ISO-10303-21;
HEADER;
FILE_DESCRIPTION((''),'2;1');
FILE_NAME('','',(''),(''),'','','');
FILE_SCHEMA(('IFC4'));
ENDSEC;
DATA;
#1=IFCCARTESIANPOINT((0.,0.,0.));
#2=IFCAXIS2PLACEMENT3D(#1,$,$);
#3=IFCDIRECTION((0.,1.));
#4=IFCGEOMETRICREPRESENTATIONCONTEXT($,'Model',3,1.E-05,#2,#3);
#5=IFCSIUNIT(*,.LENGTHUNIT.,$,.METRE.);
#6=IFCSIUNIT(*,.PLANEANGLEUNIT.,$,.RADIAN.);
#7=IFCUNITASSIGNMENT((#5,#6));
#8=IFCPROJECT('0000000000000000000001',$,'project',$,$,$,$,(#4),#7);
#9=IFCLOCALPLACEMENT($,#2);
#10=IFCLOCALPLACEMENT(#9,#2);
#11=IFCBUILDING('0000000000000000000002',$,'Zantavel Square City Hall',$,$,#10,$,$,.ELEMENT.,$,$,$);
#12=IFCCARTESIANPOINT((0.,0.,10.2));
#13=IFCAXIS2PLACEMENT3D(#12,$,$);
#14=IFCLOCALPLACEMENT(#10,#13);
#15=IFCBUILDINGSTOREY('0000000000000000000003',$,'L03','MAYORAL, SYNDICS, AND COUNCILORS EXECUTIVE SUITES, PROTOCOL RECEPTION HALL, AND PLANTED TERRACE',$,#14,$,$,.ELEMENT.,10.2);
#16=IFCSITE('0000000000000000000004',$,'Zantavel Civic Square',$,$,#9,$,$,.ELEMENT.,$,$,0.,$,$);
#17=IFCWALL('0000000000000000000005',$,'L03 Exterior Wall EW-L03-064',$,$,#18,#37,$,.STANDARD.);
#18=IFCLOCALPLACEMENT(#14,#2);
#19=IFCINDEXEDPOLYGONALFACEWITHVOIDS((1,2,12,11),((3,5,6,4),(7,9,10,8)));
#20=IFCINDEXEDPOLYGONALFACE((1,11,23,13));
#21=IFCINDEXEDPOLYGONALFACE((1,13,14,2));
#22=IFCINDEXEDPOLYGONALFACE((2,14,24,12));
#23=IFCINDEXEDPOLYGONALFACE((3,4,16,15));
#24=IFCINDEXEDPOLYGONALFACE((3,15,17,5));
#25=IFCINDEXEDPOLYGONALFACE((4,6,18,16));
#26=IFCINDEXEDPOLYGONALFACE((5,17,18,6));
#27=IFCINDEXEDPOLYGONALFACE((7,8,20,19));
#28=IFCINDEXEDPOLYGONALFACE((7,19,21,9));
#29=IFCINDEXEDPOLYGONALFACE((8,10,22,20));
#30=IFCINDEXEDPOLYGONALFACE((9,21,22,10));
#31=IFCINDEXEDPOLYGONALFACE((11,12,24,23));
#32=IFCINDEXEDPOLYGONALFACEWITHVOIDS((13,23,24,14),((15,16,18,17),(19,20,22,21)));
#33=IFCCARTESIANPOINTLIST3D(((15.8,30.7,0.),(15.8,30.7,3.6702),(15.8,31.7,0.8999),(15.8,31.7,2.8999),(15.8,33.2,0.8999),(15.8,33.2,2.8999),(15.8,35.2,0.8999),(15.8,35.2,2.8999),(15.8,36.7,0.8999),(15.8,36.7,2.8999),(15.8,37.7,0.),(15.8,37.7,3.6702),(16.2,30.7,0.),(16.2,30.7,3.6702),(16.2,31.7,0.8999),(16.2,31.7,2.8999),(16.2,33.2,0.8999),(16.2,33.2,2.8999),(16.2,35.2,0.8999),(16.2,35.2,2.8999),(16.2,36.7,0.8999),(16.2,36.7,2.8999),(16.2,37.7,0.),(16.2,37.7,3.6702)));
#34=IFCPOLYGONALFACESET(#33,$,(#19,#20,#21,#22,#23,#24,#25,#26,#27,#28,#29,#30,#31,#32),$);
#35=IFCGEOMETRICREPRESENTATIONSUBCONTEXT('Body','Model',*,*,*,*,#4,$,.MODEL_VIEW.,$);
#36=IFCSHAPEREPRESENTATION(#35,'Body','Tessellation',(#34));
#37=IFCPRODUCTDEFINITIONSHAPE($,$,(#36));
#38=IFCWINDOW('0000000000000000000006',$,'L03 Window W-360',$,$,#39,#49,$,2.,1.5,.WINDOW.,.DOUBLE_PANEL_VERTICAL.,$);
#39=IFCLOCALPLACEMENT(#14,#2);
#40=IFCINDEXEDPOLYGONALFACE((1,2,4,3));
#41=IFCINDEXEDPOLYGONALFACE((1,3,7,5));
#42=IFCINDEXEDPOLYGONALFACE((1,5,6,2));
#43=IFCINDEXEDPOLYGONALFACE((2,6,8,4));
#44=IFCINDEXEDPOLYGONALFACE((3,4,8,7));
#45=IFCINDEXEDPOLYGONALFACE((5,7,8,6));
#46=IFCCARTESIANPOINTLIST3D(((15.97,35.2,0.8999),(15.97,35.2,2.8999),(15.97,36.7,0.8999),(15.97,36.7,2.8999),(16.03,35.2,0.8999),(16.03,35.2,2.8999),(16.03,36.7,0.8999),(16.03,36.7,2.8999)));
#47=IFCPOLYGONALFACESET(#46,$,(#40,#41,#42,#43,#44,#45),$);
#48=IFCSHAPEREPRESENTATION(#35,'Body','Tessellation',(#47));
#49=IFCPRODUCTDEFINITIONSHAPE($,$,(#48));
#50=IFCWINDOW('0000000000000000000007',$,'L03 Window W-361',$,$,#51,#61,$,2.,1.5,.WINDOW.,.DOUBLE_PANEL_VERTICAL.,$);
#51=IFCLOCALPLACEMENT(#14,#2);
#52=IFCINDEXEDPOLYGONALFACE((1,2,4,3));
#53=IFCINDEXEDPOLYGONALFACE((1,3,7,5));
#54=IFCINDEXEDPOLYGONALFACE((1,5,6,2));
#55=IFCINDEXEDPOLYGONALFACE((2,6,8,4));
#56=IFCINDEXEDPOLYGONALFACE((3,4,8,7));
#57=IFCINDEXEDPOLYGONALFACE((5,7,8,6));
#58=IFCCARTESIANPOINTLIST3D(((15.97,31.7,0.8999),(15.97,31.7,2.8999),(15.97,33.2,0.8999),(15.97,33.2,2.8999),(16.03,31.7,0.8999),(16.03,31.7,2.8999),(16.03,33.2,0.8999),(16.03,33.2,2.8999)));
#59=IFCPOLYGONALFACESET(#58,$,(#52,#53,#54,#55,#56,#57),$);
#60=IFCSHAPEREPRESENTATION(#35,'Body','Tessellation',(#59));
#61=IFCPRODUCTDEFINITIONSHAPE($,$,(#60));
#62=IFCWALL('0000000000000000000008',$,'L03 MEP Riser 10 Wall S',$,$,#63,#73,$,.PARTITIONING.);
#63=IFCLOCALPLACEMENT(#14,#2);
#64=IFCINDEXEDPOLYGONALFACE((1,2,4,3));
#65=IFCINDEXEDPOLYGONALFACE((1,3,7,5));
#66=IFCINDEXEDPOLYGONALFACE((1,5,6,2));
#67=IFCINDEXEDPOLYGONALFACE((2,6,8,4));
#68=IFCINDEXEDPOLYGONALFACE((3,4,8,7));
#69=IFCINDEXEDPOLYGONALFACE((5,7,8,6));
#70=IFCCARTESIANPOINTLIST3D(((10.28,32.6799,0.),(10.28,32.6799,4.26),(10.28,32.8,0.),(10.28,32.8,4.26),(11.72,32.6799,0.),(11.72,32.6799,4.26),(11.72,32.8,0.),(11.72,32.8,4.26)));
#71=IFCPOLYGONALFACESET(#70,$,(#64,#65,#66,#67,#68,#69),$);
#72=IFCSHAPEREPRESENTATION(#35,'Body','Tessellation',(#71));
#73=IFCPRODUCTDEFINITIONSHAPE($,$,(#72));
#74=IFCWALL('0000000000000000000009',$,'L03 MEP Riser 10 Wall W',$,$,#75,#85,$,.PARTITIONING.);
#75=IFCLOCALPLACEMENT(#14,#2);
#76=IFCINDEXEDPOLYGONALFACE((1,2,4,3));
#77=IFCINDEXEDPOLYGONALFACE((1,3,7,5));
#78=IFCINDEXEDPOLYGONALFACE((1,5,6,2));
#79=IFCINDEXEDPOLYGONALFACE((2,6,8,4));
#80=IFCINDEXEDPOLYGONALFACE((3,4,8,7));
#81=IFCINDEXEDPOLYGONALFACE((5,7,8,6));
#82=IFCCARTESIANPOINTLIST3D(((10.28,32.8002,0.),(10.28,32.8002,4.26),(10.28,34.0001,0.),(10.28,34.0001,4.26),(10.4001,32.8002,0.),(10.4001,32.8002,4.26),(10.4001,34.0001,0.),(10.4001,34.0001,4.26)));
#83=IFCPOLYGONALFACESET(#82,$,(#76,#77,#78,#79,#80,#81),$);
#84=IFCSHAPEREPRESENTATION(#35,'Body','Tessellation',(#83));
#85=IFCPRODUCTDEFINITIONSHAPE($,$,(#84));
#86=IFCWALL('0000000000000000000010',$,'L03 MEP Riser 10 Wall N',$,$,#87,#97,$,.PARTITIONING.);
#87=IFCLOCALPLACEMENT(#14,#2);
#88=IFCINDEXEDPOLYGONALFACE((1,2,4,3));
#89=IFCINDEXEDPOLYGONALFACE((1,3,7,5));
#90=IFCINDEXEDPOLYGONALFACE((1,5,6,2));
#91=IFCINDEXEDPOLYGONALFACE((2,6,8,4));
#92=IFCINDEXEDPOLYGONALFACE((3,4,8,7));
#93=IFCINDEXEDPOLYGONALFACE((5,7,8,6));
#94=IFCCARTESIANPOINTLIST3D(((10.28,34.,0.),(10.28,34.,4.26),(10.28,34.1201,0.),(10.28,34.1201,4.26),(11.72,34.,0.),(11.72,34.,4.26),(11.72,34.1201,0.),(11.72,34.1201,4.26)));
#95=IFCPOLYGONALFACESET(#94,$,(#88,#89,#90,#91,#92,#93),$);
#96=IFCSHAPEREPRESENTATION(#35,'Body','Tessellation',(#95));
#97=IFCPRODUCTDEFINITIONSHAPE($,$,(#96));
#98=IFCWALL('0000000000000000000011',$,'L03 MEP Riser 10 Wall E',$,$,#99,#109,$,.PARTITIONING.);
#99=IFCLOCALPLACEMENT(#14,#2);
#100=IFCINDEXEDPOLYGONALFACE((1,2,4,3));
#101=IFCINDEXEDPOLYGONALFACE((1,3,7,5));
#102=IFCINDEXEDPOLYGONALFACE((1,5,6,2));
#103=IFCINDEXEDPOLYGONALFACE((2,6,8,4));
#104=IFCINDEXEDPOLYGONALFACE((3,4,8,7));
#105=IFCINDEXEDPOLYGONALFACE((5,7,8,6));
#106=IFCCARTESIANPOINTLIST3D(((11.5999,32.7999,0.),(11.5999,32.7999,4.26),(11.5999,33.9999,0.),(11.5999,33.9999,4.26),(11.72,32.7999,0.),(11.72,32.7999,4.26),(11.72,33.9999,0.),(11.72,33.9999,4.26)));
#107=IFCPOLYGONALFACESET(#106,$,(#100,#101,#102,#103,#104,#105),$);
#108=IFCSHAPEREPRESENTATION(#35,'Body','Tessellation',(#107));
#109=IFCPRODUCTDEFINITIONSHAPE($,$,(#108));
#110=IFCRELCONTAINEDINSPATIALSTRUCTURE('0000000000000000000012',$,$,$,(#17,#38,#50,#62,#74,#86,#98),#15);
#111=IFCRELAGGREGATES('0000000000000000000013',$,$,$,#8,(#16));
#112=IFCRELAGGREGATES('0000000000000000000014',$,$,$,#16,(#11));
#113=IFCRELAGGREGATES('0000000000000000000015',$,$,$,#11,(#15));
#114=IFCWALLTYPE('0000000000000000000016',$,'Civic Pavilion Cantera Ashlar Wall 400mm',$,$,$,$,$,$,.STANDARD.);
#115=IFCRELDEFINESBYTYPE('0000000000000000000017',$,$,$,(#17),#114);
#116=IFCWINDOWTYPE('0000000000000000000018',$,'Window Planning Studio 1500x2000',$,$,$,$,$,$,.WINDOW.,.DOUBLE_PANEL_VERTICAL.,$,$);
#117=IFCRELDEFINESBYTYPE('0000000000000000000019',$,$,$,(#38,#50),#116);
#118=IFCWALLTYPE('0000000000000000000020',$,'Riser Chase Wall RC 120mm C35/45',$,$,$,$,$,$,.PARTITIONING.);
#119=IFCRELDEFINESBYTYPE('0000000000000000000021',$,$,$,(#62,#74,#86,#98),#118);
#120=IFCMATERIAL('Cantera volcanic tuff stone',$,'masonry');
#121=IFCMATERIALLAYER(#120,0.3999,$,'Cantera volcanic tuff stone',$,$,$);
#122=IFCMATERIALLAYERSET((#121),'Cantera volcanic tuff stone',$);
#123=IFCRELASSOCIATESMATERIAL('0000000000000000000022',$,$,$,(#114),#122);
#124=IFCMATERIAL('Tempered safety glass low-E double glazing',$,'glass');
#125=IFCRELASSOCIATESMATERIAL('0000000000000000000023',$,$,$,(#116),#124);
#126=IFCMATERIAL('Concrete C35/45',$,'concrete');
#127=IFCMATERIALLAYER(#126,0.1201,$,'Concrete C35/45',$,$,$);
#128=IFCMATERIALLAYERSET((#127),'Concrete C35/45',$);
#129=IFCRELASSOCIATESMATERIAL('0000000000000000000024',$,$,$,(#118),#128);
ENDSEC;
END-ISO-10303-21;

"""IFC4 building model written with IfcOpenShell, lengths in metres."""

from ifc_helpers import new_model, si_unit, direction, frame, frame_2d, origin, place, context, subcontext, project, spatial, rectangle, extrude, material, layer, layer_set, type_object, element, fill, save


model = new_model("IFC4")

# Units and contexts
model_context = context("Model", 3, precision=1e-05, world=origin(), true_north=direction((0.0, 1.0)))
body_context = subcontext(model_context, "Body", "Model", "MODEL_VIEW")
ifc_project = project(units=[si_unit("LENGTHUNIT", "METRE"), si_unit("PLANEANGLEUNIT", "RADIAN")], contexts=[model_context])

# Site, building, storey
site_placement = place(None, origin())
site = spatial("IfcSite", under=ifc_project, at=site_placement, Name="Zantavel Civic Square", CompositionType="ELEMENT", RefElevation=0.0)
building_placement = place(site_placement, origin())
building = spatial("IfcBuilding", under=site, at=building_placement, Name="Zantavel Square City Hall", CompositionType="ELEMENT")
storey_placement = place(building_placement, frame((0.0, 0.0, 10.2)))
storey = spatial("IfcBuildingStorey", under=building, at=storey_placement, Name="L03", Description="MAYORAL, SYNDICS, AND COUNCILORS EXECUTIVE SUITES, PROTOCOL RECEPTION HALL, AND PLANTED TERRACE", CompositionType="ELEMENT", Elevation=10.2)

# Shared definitions
ifc_material_1 = material(Name="Concrete C35/45", Category="concrete")

# Wall, openings, windows
ifc_material_2 = material(Name="Cantera volcanic tuff stone", Category="masonry")
ifc_layer_1 = layer(ifc_material_2, 0.3999, Name="Cantera volcanic tuff stone")
ifc_layer_set_1 = layer_set([ifc_layer_1], Name="Cantera volcanic tuff stone")
wall_type_1 = type_object("IfcWallType", Name="Civic Pavilion Cantera Ashlar Wall 400mm", PredefinedType="STANDARD", material=ifc_layer_set_1)
ifc_material_3 = material(Name="Tempered safety glass low-E double glazing", Category="glass")
wall_1_placement = place(storey_placement, frame((16.0, 37.7, 0.0), z_axis=(0.0, 0.0, 1.0), x_axis=(0.0, -1.0, 0.0)))
wall_1 = element("IfcWall", 1, at=wall_1_placement, inside=storey, type_object=wall_type_1, Name="L03 Exterior Wall EW-L03-064", PredefinedType="STANDARD", context=body_context, shape_type="SweptSolid", body=[
    extrude(rectangle(XDim=7.0, YDim=0.3999, at=frame_2d((3.5, 0.0))), origin(), (0.0, 0.0, 1.0), 3.6702),
])
opening_1_placement = place(wall_1_placement, frame((1.0, 0.0, 0.8999)))
opening_1 = element("IfcOpeningElement", 2, at=opening_1_placement, cuts=wall_1, PredefinedType="OPENING", context=body_context, shape_type="SweptSolid", body=[
    extrude(rectangle(XDim=1.5, YDim=2.0, at=frame_2d((0.75, 1.0))), frame((0.0, 0.21, 0.0), z_axis=(0.0, -1.0, 0.0), x_axis=(1.0, 0.0, 0.0)), (0.0, 0.0, 1.0), 0.4199),
])
opening_2_placement = place(wall_1_placement, frame((4.5, 0.0, 0.8999)))
opening_2 = element("IfcOpeningElement", 3, at=opening_2_placement, cuts=wall_1, PredefinedType="OPENING", context=body_context, shape_type="SweptSolid", body=[
    extrude(rectangle(XDim=1.5, YDim=2.0, at=frame_2d((0.75, 1.0))), frame((0.0, 0.21, 0.0), z_axis=(0.0, -1.0, 0.0), x_axis=(1.0, 0.0, 0.0)), (0.0, 0.0, 1.0), 0.4199),
])
window_type_1 = type_object("IfcWindowType", Name="Window Planning Studio 1500x2000", PartitioningType="DOUBLE_PANEL_VERTICAL", PredefinedType="WINDOW", material=ifc_material_3)
window_1_placement = place(opening_1_placement, origin())
window_1 = element("IfcWindow", 4, at=window_1_placement, inside=storey, type_object=window_type_1, Name="L03 Window W-360", OverallHeight=2.0, OverallWidth=1.5, PartitioningType="DOUBLE_PANEL_VERTICAL", PredefinedType="WINDOW", context=body_context, shape_type="SweptSolid", body=[
    extrude(rectangle(XDim=1.5, YDim=2.0, at=frame_2d((0.75, 1.0))), frame((0.0, 0.03, 0.0), z_axis=(0.0, -1.0, 0.0), x_axis=(1.0, 0.0, 0.0)), (0.0, 0.0, 1.0), 0.0601),
])
fill(opening_1, window_1)
window_2_placement = place(opening_2_placement, origin())
window_2 = element("IfcWindow", 5, at=window_2_placement, inside=storey, type_object=window_type_1, Name="L03 Window W-361", OverallHeight=2.0, OverallWidth=1.5, PartitioningType="DOUBLE_PANEL_VERTICAL", PredefinedType="WINDOW", context=body_context, shape_type="SweptSolid", body=[
    extrude(rectangle(XDim=1.5, YDim=2.0, at=frame_2d((0.75, 1.0))), frame((0.0, 0.03, 0.0), z_axis=(0.0, -1.0, 0.0), x_axis=(1.0, 0.0, 0.0)), (0.0, 0.0, 1.0), 0.0601),
])
fill(opening_2, window_2)

# Walls
ifc_layer_2 = layer(ifc_material_1, 0.1201, Name="Concrete C35/45")
ifc_layer_set_2 = layer_set([ifc_layer_2], Name="Concrete C35/45")
wall_type_2 = type_object("IfcWallType", Name="Riser Chase Wall RC 120mm C35/45", PredefinedType="PARTITIONING", material=ifc_layer_set_2)
wall_2_placement = place(storey_placement, frame((11.72, 32.74, 0.0), z_axis=(0.0, 0.0, 1.0), x_axis=(-1.0, 0.0, 0.0)))
element("IfcWall", 6, at=wall_2_placement, inside=storey, type_object=wall_type_2, Name="L03 MEP Riser 10 Wall S", PredefinedType="PARTITIONING", context=body_context, shape_type="SweptSolid", body=[
    extrude(rectangle(XDim=1.4399, YDim=0.1201, at=frame_2d((0.72, 0.0))), origin(), (0.0, 0.0, 1.0), 4.26),
])
wall_3_placement = place(storey_placement, frame((10.3401, 32.8, 0.0), z_axis=(0.0, 0.0, 1.0), x_axis=(0.0, 1.0, 0.0)))
element("IfcWall", 7, at=wall_3_placement, inside=storey, type_object=wall_type_2, Name="L03 MEP Riser 10 Wall W", PredefinedType="PARTITIONING", context=body_context, shape_type="SweptSolid", body=[
    extrude(rectangle(XDim=1.2, YDim=0.1201, at=frame_2d((0.6001, 0.0))), origin(), (0.0, 0.0, 1.0), 4.26),
])
wall_4_placement = place(storey_placement, frame((10.28, 34.0601, 0.0), z_axis=(0.0, 0.0, 1.0), x_axis=(1.0, 0.0, 0.0)))
element("IfcWall", 8, at=wall_4_placement, inside=storey, type_object=wall_type_2, Name="L03 MEP Riser 10 Wall N", PredefinedType="PARTITIONING", context=body_context, shape_type="SweptSolid", body=[
    extrude(rectangle(XDim=1.4399, YDim=0.1201, at=frame_2d((0.72, 0.0))), origin(), (0.0, 0.0, 1.0), 4.26),
])
wall_5_placement = place(storey_placement, frame((11.6599, 34.0, 0.0), z_axis=(0.0, 0.0, 1.0), x_axis=(0.0, -1.0, 0.0)))
element("IfcWall", 9, at=wall_5_placement, inside=storey, type_object=wall_type_2, Name="L03 MEP Riser 10 Wall E", PredefinedType="PARTITIONING", context=body_context, shape_type="SweptSolid", body=[
    extrude(rectangle(XDim=1.2, YDim=0.1201, at=frame_2d((0.6001, 0.0))), origin(), (0.0, 0.0, 1.0), 4.26),
])

save(model, "model.ifc")
